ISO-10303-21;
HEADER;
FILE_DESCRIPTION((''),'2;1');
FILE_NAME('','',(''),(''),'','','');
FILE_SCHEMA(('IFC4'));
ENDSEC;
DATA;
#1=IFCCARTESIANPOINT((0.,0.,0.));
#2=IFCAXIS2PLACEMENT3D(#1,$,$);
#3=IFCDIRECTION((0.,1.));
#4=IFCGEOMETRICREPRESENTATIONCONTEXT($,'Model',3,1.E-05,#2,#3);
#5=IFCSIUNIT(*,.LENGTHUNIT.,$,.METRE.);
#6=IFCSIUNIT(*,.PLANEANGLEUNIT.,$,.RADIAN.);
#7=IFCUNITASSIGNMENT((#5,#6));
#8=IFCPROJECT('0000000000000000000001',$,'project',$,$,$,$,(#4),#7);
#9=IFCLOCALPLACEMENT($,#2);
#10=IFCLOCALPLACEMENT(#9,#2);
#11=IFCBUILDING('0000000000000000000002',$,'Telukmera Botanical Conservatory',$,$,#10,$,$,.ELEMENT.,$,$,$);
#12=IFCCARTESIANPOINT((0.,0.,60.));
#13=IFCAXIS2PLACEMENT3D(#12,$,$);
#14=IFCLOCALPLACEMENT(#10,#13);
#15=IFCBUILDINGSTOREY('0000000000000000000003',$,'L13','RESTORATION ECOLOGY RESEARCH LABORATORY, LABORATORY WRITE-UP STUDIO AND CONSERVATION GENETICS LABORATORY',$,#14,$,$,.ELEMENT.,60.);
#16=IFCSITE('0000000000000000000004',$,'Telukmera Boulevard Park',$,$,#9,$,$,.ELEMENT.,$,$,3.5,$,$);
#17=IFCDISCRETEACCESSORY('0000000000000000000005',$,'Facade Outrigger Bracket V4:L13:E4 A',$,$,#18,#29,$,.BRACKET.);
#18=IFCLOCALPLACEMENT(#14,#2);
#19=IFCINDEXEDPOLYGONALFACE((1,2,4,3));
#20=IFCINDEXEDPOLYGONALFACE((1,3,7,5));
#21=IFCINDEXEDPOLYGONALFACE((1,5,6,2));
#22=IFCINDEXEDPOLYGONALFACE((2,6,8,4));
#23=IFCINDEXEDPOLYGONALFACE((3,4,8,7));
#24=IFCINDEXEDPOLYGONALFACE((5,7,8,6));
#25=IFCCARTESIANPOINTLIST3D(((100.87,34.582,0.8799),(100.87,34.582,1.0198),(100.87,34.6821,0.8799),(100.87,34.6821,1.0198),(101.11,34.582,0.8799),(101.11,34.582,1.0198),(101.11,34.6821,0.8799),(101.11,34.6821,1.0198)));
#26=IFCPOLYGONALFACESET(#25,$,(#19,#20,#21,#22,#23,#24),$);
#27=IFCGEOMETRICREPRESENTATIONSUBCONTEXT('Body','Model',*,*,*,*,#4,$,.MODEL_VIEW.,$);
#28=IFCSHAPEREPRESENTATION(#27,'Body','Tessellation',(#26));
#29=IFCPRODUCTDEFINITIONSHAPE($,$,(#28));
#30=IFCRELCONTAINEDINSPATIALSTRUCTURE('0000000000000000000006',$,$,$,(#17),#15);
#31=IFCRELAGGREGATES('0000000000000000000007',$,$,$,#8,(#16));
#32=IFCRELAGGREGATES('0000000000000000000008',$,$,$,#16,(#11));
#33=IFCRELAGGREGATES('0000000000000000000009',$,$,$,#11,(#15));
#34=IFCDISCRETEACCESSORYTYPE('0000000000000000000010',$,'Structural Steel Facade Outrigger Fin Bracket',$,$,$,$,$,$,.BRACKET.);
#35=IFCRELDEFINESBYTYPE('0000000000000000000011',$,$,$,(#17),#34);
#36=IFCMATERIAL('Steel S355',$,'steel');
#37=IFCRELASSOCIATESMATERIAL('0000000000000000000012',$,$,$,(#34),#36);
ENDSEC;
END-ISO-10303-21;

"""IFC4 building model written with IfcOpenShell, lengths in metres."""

from ifc_helpers import new_model, si_unit, direction, frame, origin, origin_2d, place, context, subcontext, project, spatial, rectangle, extrude, material, type_object, element, save


model = new_model("IFC4")

# Units and contexts
model_context = context("Model", 3, precision=1e-05, world=origin(), true_north=direction((0.0, 1.0)))
body_context = subcontext(model_context, "Body", "Model", "MODEL_VIEW")
ifc_project = project(units=[si_unit("LENGTHUNIT", "METRE"), si_unit("PLANEANGLEUNIT", "RADIAN")], contexts=[model_context])

# Site, building, storey
site_placement = place(None, origin())
site = spatial("IfcSite", under=ifc_project, at=site_placement, Name="Telukmera Boulevard Park", CompositionType="ELEMENT", RefElevation=3.5)
building_placement = place(site_placement, origin())
building = spatial("IfcBuilding", under=site, at=building_placement, Name="Telukmera Botanical Conservatory", CompositionType="ELEMENT")
storey_placement = place(building_placement, frame((0.0, 0.0, 60.0)))
storey = spatial("IfcBuildingStorey", under=building, at=storey_placement, Name="L13", Description="RESTORATION ECOLOGY RESEARCH LABORATORY, LABORATORY WRITE-UP STUDIO AND CONSERVATION GENETICS LABORATORY", CompositionType="ELEMENT", Elevation=60.0)

# Shared definitions
ifc_material_1 = material(Name="Steel S355", Category="steel")

# Discrete accessory
discrete_accessory_type_1 = type_object("IfcDiscreteAccessoryType", Name="Structural Steel Facade Outrigger Fin Bracket", PredefinedType="BRACKET", material=ifc_material_1)
discrete_accessory_placement = place(storey_placement, frame((100.99, 34.6321, 0.8799), z_axis=(0.0, 0.0, 1.0), x_axis=(0.0, 1.0, 0.0)))
element("IfcDiscreteAccessory", 1, at=discrete_accessory_placement, inside=storey, type_object=discrete_accessory_type_1, Name="Facade Outrigger Bracket V4:L13:E4 A", PredefinedType="BRACKET", context=body_context, shape_type="SweptSolid", body=[
    extrude(rectangle(XDim=0.1001, YDim=0.24, at=origin_2d()), origin(), (0.0, 0.0, 1.0), 0.1399),
])

save(model, "model.ifc")
